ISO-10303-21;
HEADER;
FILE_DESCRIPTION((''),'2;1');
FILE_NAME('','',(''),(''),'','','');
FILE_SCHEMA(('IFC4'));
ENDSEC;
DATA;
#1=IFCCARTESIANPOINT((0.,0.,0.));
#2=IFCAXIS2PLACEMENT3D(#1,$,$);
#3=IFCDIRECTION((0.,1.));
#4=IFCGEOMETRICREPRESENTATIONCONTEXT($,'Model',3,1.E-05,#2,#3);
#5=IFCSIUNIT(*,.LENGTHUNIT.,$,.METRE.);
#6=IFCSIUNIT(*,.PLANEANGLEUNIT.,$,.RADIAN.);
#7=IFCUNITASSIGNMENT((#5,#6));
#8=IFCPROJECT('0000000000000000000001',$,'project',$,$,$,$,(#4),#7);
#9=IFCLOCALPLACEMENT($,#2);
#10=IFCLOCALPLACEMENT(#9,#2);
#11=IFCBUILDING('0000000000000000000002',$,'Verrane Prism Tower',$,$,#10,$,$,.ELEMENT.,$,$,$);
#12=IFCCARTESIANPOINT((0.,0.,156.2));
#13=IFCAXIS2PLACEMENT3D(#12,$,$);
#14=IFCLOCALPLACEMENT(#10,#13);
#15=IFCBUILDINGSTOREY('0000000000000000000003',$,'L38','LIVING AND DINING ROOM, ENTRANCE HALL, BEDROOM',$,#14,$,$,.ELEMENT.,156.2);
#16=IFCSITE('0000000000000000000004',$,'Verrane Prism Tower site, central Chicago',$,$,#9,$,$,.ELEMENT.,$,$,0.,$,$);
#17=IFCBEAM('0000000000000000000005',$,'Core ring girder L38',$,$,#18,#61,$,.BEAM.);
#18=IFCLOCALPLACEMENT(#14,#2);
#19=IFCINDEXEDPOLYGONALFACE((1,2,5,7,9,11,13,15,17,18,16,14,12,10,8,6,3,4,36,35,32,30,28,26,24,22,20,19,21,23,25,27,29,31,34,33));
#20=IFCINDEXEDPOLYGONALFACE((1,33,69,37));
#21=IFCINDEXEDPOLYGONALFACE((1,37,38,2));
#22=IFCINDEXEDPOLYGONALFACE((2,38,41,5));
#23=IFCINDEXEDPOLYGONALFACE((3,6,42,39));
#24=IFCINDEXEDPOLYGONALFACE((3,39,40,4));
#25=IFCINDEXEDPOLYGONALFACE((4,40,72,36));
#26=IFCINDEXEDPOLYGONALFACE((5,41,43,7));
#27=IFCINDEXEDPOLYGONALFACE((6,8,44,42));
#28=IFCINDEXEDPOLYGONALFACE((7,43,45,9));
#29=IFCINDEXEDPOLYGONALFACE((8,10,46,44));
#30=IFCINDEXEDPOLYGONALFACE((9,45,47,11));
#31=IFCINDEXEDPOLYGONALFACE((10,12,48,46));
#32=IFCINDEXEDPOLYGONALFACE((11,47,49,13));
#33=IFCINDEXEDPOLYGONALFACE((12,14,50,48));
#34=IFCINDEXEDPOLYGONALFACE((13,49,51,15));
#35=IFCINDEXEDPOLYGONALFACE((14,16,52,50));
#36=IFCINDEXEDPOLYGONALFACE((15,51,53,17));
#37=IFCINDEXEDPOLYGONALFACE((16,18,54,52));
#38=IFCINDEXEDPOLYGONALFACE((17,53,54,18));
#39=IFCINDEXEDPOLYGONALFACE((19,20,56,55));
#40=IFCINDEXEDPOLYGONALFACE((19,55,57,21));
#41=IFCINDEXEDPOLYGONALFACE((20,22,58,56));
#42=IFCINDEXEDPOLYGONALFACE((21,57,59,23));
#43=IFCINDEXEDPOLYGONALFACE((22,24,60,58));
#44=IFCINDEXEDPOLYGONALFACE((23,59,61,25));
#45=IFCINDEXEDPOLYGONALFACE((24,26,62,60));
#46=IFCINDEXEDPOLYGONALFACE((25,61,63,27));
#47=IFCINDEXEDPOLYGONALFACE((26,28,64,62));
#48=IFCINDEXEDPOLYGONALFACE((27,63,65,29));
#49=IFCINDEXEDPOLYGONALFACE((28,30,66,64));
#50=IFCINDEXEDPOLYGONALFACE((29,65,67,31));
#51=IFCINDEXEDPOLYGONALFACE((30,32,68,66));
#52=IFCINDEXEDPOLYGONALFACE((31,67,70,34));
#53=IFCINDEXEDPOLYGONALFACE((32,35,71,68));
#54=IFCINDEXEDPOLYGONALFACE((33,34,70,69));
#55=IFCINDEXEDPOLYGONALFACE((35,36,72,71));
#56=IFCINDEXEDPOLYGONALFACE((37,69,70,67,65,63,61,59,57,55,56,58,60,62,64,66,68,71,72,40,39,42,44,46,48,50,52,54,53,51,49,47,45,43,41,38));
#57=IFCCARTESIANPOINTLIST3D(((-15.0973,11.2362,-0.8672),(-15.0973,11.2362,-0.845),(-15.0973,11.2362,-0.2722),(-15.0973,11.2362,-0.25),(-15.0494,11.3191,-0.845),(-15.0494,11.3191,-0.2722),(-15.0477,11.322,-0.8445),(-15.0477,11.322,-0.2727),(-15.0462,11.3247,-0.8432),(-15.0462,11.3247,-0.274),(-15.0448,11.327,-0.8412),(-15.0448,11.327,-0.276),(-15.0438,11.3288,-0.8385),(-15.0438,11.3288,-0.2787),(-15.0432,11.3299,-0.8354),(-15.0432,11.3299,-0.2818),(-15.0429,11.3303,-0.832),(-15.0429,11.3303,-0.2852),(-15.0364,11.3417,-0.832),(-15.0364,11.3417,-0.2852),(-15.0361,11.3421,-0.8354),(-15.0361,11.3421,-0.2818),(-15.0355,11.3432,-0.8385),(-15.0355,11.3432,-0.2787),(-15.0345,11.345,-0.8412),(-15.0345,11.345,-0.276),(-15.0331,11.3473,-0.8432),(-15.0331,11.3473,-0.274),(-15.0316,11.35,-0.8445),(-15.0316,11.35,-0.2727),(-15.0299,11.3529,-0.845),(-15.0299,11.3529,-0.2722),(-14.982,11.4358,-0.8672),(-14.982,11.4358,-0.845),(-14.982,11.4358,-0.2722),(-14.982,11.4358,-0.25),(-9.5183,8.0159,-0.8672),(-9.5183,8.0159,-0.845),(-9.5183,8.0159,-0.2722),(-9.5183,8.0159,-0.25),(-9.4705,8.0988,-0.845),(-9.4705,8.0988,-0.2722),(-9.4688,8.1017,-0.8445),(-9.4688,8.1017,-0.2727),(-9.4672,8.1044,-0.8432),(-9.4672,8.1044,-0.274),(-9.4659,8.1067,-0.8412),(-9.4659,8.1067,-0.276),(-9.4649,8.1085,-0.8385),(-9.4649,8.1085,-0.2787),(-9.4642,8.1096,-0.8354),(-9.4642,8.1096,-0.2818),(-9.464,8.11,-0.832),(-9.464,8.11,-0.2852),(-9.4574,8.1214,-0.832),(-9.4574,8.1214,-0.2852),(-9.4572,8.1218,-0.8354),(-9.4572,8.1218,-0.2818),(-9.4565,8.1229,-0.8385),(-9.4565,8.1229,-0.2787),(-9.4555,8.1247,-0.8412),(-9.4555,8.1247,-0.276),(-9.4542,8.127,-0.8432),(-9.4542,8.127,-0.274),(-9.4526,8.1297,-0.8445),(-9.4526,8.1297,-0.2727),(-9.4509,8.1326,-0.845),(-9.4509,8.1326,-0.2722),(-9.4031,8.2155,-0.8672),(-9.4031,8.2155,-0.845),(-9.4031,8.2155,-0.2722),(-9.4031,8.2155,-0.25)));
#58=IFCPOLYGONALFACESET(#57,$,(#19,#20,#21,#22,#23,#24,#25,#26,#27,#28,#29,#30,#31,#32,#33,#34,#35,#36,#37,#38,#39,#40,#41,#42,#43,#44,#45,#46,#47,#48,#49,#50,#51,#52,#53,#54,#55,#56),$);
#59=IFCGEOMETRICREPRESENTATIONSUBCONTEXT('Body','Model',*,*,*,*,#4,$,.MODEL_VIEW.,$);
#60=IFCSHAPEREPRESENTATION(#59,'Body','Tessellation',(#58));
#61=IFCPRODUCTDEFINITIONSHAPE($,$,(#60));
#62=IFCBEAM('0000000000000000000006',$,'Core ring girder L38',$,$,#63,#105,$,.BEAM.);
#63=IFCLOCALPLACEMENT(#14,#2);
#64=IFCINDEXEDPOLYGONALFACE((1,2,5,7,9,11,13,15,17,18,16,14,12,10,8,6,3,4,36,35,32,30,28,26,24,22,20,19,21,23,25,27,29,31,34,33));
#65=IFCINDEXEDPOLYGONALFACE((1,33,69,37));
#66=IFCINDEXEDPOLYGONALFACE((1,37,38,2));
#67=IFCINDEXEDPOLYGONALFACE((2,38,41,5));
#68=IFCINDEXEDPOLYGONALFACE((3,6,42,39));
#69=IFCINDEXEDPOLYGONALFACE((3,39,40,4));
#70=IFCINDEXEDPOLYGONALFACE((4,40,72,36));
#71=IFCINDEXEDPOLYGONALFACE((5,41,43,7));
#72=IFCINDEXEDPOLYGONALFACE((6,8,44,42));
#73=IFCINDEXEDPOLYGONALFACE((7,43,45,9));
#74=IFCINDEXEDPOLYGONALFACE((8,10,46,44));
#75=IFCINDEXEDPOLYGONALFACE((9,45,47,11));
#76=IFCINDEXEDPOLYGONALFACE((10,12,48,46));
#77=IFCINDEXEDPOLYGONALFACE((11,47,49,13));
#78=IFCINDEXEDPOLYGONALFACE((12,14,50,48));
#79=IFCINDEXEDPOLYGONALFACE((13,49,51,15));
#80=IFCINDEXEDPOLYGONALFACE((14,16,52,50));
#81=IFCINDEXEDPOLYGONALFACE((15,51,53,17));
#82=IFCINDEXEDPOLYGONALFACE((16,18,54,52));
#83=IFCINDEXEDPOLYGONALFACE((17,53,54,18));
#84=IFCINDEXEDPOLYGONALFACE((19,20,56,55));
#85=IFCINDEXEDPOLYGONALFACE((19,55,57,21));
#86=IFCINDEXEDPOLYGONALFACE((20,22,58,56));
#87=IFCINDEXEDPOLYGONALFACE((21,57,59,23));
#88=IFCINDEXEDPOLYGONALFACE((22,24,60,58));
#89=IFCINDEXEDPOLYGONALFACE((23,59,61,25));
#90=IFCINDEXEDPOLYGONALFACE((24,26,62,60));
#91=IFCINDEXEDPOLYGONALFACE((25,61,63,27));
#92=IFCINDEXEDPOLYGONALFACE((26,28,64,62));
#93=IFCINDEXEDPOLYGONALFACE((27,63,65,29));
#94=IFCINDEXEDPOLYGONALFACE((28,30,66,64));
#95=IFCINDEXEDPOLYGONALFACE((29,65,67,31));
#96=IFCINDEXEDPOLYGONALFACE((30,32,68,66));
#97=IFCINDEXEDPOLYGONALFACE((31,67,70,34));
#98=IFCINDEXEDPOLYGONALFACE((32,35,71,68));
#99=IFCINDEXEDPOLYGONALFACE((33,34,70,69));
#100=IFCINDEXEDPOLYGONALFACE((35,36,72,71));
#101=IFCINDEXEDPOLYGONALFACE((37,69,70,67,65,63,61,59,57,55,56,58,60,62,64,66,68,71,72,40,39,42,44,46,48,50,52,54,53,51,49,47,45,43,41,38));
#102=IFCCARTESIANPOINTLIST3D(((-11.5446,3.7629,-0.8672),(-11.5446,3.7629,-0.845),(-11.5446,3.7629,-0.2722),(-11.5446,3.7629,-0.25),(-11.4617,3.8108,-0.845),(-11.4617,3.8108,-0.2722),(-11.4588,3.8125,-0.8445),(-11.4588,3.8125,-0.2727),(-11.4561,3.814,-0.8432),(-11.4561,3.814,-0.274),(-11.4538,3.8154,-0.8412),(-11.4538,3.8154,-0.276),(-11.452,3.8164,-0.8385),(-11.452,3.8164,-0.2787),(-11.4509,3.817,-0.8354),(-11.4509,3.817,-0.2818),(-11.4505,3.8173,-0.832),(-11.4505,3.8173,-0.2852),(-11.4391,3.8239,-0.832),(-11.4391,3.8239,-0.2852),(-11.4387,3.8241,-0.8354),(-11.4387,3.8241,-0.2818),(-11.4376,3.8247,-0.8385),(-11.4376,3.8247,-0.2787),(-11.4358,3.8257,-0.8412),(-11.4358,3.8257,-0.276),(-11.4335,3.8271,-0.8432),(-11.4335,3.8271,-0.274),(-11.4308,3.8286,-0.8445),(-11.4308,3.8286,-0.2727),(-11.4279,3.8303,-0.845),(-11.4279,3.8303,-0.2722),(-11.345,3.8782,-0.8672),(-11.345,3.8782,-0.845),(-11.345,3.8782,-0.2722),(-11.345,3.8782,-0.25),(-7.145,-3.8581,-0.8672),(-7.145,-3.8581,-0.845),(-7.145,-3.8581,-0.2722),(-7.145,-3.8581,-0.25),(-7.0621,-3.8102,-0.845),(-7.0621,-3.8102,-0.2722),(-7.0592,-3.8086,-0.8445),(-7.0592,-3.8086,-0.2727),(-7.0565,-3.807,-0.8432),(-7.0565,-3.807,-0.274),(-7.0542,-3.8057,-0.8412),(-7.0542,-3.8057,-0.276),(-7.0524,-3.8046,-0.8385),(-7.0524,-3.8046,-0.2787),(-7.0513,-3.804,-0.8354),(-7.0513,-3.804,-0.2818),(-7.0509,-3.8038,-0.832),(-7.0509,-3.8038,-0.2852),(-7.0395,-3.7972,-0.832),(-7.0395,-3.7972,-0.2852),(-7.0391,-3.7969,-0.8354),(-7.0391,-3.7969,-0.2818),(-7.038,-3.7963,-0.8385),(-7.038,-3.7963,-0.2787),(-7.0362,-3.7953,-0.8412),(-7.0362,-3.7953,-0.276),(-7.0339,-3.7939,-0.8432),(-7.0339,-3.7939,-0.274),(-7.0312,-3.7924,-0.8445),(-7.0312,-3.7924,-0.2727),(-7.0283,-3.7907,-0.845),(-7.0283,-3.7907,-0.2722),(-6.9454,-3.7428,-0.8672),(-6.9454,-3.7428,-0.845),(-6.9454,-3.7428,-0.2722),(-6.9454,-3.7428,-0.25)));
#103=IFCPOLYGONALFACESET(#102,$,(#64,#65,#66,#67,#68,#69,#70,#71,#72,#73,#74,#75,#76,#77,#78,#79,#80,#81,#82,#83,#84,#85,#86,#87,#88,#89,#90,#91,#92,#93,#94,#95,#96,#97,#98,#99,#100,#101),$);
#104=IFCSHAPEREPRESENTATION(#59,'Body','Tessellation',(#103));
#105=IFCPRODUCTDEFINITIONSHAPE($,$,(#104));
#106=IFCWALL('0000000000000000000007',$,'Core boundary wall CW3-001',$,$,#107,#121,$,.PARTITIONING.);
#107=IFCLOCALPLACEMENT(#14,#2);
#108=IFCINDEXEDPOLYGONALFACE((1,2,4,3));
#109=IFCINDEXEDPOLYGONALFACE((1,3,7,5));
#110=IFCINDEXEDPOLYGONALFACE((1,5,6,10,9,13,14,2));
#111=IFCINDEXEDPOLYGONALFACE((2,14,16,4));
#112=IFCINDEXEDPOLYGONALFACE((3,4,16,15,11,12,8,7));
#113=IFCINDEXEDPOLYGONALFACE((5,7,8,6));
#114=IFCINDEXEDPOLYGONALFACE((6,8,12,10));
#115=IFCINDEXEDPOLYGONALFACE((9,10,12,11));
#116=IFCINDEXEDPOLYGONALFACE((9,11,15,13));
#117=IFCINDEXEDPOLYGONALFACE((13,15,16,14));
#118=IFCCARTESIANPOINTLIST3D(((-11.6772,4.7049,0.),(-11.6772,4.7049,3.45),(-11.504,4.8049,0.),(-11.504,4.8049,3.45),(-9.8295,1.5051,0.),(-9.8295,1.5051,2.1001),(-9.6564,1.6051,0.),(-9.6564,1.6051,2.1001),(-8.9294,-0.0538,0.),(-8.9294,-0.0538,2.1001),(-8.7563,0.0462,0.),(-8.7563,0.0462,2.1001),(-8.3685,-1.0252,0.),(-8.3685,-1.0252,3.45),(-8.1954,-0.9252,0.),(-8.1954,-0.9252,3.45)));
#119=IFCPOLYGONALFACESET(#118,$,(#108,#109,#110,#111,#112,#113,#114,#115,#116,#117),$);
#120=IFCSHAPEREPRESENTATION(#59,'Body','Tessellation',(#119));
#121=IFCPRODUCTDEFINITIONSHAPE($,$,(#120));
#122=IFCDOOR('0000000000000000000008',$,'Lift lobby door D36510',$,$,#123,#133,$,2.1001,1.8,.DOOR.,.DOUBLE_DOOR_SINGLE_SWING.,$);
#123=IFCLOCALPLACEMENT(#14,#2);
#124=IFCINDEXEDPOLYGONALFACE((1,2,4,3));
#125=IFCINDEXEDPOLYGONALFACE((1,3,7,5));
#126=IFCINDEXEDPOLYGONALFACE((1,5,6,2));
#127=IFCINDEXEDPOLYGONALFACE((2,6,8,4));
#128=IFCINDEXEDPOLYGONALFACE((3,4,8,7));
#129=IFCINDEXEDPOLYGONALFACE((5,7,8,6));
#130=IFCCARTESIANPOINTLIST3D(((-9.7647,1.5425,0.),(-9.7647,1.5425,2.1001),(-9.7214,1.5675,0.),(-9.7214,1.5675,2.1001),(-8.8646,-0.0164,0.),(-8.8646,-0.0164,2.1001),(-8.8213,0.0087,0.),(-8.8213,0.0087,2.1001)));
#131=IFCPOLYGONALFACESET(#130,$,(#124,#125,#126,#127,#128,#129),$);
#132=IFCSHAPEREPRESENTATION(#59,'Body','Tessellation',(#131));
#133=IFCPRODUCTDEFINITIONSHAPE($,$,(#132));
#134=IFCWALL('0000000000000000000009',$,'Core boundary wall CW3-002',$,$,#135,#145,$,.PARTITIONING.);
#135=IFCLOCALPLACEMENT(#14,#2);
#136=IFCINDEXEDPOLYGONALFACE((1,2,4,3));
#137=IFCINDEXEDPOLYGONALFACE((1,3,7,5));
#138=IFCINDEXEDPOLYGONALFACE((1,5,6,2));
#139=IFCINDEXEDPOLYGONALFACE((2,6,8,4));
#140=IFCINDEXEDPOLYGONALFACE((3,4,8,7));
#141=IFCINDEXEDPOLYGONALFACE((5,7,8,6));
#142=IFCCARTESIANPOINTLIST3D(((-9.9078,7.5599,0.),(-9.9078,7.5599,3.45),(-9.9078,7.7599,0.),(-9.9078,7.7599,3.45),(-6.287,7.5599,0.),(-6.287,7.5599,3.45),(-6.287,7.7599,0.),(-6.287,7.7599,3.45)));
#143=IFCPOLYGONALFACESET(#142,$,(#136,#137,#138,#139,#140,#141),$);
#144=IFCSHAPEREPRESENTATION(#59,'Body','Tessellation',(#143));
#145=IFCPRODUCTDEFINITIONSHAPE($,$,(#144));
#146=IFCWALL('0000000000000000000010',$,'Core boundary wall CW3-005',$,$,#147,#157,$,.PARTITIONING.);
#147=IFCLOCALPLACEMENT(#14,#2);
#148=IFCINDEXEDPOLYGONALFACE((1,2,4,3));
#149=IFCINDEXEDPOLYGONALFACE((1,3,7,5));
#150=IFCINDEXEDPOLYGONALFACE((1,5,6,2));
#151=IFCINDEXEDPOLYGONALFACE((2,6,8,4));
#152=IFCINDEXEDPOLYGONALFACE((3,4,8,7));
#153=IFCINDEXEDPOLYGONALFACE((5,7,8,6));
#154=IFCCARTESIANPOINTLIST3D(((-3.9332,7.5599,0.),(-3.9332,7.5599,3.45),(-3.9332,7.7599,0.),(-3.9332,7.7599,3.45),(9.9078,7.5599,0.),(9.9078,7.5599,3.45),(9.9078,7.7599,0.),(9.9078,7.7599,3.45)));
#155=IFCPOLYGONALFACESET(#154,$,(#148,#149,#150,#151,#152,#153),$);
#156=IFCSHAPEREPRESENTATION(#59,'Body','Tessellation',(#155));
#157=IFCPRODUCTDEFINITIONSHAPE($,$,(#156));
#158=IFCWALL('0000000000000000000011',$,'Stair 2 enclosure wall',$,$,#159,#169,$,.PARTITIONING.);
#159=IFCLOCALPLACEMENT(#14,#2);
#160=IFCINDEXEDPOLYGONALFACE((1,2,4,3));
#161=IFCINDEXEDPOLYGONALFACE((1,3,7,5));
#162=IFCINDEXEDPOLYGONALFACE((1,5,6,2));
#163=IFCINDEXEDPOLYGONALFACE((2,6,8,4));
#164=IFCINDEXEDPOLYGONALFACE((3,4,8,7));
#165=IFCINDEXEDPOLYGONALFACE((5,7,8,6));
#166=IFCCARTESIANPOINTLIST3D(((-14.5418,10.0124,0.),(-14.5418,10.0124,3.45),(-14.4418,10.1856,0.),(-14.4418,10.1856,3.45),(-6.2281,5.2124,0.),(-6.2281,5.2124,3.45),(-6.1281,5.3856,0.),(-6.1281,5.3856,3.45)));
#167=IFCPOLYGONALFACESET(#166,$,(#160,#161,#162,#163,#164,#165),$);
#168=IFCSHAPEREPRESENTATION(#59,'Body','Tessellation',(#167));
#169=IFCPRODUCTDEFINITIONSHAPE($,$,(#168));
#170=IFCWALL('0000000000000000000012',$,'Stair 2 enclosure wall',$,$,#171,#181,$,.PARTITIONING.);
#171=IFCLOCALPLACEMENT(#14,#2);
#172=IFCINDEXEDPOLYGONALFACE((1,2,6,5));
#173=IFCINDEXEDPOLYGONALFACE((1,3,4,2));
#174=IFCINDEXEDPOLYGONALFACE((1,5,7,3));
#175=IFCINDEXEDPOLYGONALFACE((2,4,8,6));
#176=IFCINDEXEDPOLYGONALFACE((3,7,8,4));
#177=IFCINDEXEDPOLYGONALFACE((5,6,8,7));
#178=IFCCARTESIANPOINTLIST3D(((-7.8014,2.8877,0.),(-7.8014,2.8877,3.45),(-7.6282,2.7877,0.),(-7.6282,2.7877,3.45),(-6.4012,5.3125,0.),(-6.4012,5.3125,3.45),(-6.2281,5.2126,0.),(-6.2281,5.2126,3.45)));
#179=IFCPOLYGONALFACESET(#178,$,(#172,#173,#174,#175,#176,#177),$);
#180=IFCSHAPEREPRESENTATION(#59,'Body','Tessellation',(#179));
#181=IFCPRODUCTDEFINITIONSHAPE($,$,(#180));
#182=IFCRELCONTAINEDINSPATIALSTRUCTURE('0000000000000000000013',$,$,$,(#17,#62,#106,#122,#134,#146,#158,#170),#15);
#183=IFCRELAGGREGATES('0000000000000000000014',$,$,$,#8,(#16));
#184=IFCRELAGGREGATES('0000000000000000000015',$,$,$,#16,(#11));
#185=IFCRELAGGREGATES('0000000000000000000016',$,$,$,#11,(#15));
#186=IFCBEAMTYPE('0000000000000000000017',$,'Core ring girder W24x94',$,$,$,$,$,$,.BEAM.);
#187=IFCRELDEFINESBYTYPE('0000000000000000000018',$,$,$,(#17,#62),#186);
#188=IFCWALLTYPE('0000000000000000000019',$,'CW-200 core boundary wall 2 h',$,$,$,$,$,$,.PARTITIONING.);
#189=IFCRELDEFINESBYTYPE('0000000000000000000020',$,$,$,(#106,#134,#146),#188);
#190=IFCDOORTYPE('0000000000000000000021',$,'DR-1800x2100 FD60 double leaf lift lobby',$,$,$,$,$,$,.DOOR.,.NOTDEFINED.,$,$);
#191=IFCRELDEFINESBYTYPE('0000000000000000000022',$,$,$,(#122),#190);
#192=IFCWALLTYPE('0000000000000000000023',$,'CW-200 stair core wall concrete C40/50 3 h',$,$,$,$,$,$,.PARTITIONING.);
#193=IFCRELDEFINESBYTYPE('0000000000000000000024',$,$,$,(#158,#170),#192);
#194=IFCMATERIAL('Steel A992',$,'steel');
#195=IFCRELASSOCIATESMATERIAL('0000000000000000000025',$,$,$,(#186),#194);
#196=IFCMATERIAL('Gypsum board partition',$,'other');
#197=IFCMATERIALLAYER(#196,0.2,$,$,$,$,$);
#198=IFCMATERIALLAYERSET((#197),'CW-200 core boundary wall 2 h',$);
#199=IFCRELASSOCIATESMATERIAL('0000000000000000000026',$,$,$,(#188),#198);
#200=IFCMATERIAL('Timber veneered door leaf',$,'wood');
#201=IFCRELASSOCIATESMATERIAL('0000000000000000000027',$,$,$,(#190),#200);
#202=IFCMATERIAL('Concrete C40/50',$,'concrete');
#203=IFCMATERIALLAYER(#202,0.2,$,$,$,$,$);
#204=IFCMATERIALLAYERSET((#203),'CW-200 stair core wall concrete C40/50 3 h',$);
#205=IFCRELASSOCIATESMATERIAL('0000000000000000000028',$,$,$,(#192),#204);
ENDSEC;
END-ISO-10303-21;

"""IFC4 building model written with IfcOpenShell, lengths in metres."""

from ifc_helpers import new_model, si_unit, direction, frame, frame_2d, origin, origin_2d, place, context, subcontext, project, spatial, rectangle, i_section, extrude, material, layer, layer_set, material_profile, profile_set, type_object, element, fill, save


model = new_model("IFC4")

# Units and contexts
model_context = context("Model", 3, precision=1e-05, world=origin(), true_north=direction((0.0, 1.0)))
body_context = subcontext(model_context, "Body", "Model", "MODEL_VIEW")
ifc_project = project(units=[si_unit("LENGTHUNIT", "METRE"), si_unit("PLANEANGLEUNIT", "RADIAN")], contexts=[model_context])

# Site, building, storey
site_placement = place(None, origin())
site = spatial("IfcSite", under=ifc_project, at=site_placement, Name="Verrane Prism Tower site, central Chicago", CompositionType="ELEMENT", RefElevation=0.0)
building_placement = place(site_placement, origin())
building = spatial("IfcBuilding", under=site, at=building_placement, Name="Verrane Prism Tower", CompositionType="ELEMENT")
storey_placement = place(building_placement, frame((0.0, 0.0, 156.2)))
storey = spatial("IfcBuildingStorey", under=building, at=storey_placement, Name="L38", Description="LIVING AND DINING ROOM, ENTRANCE HALL, BEDROOM", CompositionType="ELEMENT", Elevation=156.2)

# Beams
ifc_material_1 = material(Name="Steel A992", Category="steel")
ifc_material_profile_1 = material_profile(ifc_material_1, i_section(OverallWidth=0.2305, OverallDepth=0.6172, WebThickness=0.0132, FlangeThickness=0.0222, FilletRadius=0.0129, at=origin_2d()), Name="W24x94")
ifc_profile_set_1 = profile_set([ifc_material_profile_1], Name="Steel A992")
beam_type = type_object("IfcBeamType", Name="Core ring girder W24x94", PredefinedType="BEAM", material=ifc_profile_set_1)
beam_1_placement = place(storey_placement, frame((-9.4607, 8.1157, -0.5586), z_axis=(-0.866075, 0.499914, 0.0), x_axis=(-0.499914, -0.866075, 0.0)))
element("IfcBeam", 1, at=beam_1_placement, inside=storey, type_object=beam_type, Name="Core ring girder L38", PredefinedType="BEAM", context=body_context, shape_type="SweptSolid", body=[
    extrude(i_section(OverallWidth=0.2305, OverallDepth=0.6172, WebThickness=0.0132, FlangeThickness=0.0222, FilletRadius=0.0129, at=origin_2d()), origin(), (0.0, 0.0, 1.0), 6.4417),
])
beam_2_placement = place(storey_placement, frame((-11.4448, 3.8206, -0.5586), z_axis=(0.499967, -0.866044, 0.0), x_axis=(0.866044, 0.499967, 0.0)))
element("IfcBeam", 2, at=beam_2_placement, inside=storey, type_object=beam_type, Name="Core ring girder L38", PredefinedType="BEAM", context=body_context, shape_type="SweptSolid", body=[
    extrude(i_section(OverallWidth=0.2305, OverallDepth=0.6172, WebThickness=0.0132, FlangeThickness=0.0222, FilletRadius=0.0129, at=origin_2d()), origin(), (0.0, 0.0, 1.0), 8.7998),
])

# Wall, opening, door
ifc_material_2 = material(Name="Gypsum board partition", Category="other")
ifc_layer_1 = layer(ifc_material_2, 0.2)
ifc_layer_set_1 = layer_set([ifc_layer_1], Name="CW-200 core boundary wall 2 h")
wall_type_1 = type_object("IfcWallType", Name="CW-200 core boundary wall 2 h", PredefinedType="PARTITIONING", material=ifc_layer_set_1)
wall_1_placement = place(storey_placement, frame((-11.5906, 4.7549, 0.0), z_axis=(0.0, 0.0, 1.0), x_axis=(0.500044, -0.866, 0.0)))
wall_1 = element("IfcWall", 3, at=wall_1_placement, inside=storey, type_object=wall_type_1, Name="Core boundary wall CW3-001", PredefinedType="PARTITIONING", context=body_context, shape_type="SweptSolid", body=[
    extrude(rectangle(XDim=6.6167, YDim=0.2, at=frame_2d((3.3083, 0.0))), origin(), (0.0, 0.0, 1.0), 3.45),
])
opening_1_placement = place(wall_1_placement, frame((3.6951, 0.0, 0.0)))
opening_1 = element("IfcOpeningElement", 4, at=opening_1_placement, cuts=wall_1, PredefinedType="OPENING", context=body_context, shape_type="SweptSolid", body=[
    extrude(rectangle(XDim=1.8, YDim=2.1001, at=frame_2d((0.8999, 1.05))), frame((0.0, 0.1099, 0.0), z_axis=(0.0, -1.0, 0.0), x_axis=(1.0, 0.0, 0.0)), (0.0, 0.0, 1.0), 0.22),
])
ifc_material_3 = material(Name="Timber veneered door leaf", Category="wood")
door_type_1 = type_object("IfcDoorType", Name="DR-1800x2100 FD60 double leaf lift lobby", OperationType="NOTDEFINED", PredefinedType="DOOR", material=ifc_material_3)
door_1_placement = place(opening_1_placement, origin())
door_1 = element("IfcDoor", 5, at=door_1_placement, inside=storey, type_object=door_type_1, Name="Lift lobby door D36510", OperationType="DOUBLE_DOOR_SINGLE_SWING", OverallHeight=2.1001, OverallWidth=1.8, PredefinedType="DOOR", context=body_context, shape_type="SweptSolid", body=[
    extrude(rectangle(XDim=1.8, YDim=2.1001, at=frame_2d((0.8999, 1.05))), frame((0.0, 0.0249, 0.0), z_axis=(0.0, -1.0, 0.0), x_axis=(1.0, 0.0, 0.0)), (0.0, 0.0, 1.0), 0.05),
])
fill(opening_1, door_1)

# Walls
wall_2_placement = place(storey_placement, frame((-9.908, 7.6599, 0.0), z_axis=(0.0, 0.0, 1.0), x_axis=(1.0, 0.0, 0.0)))
element("IfcWall", 6, at=wall_2_placement, inside=storey, type_object=wall_type_1, Name="Core boundary wall CW3-002", PredefinedType="PARTITIONING", context=body_context, shape_type="SweptSolid", body=[
    extrude(rectangle(XDim=3.6208, YDim=0.2, at=frame_2d((1.8105, 0.0))), origin(), (0.0, 0.0, 1.0), 3.45),
])
wall_3_placement = place(storey_placement, frame((-3.9331, 7.6599, 0.0), z_axis=(0.0, 0.0, 1.0), x_axis=(1.0, 0.0, 0.0)))
element("IfcWall", 7, at=wall_3_placement, inside=storey, type_object=wall_type_1, Name="Core boundary wall CW3-005", PredefinedType="PARTITIONING", context=body_context, shape_type="SweptSolid", body=[
    extrude(rectangle(XDim=13.8411, YDim=0.2, at=frame_2d((6.9204, 0.0))), origin(), (0.0, 0.0, 1.0), 3.45),
])
ifc_material_4 = material(Name="Concrete C40/50", Category="concrete")
ifc_layer_2 = layer(ifc_material_4, 0.2)
ifc_layer_set_2 = layer_set([ifc_layer_2], Name="CW-200 stair core wall concrete C40/50 3 h")
wall_type_2 = type_object("IfcWallType", Name="CW-200 stair core wall concrete C40/50 3 h", PredefinedType="PARTITIONING", material=ifc_layer_set_2)
wall_4_placement = place(storey_placement, frame((-6.1782, 5.2991, 0.0), z_axis=(0.0, 0.0, 1.0), x_axis=(-0.86602, 0.500009, 0.0)))
element("IfcWall", 8, at=wall_4_placement, inside=storey, type_object=wall_type_2, Name="Stair 2 enclosure wall", PredefinedType="PARTITIONING", context=body_context, shape_type="SweptSolid", body=[
    extrude(rectangle(XDim=9.5999, YDim=0.2, at=frame_2d((4.7998, 0.0))), origin(), (0.0, 0.0, 1.0), 3.45),
])
wall_5_placement = place(storey_placement, frame((-6.3147, 5.2625, 0.0), z_axis=(0.0, 0.0, 1.0), x_axis=(-0.50005, -0.865997, 0.0)))
element("IfcWall", 9, at=wall_5_placement, inside=storey, type_object=wall_type_2, Name="Stair 2 enclosure wall", PredefinedType="PARTITIONING", context=body_context, shape_type="SweptSolid", body=[
    extrude(rectangle(XDim=2.8, YDim=0.2, at=frame_2d((1.3999, 0.0))), origin(), (0.0, 0.0, 1.0), 3.45),
])

save(model, "model.ifc")
